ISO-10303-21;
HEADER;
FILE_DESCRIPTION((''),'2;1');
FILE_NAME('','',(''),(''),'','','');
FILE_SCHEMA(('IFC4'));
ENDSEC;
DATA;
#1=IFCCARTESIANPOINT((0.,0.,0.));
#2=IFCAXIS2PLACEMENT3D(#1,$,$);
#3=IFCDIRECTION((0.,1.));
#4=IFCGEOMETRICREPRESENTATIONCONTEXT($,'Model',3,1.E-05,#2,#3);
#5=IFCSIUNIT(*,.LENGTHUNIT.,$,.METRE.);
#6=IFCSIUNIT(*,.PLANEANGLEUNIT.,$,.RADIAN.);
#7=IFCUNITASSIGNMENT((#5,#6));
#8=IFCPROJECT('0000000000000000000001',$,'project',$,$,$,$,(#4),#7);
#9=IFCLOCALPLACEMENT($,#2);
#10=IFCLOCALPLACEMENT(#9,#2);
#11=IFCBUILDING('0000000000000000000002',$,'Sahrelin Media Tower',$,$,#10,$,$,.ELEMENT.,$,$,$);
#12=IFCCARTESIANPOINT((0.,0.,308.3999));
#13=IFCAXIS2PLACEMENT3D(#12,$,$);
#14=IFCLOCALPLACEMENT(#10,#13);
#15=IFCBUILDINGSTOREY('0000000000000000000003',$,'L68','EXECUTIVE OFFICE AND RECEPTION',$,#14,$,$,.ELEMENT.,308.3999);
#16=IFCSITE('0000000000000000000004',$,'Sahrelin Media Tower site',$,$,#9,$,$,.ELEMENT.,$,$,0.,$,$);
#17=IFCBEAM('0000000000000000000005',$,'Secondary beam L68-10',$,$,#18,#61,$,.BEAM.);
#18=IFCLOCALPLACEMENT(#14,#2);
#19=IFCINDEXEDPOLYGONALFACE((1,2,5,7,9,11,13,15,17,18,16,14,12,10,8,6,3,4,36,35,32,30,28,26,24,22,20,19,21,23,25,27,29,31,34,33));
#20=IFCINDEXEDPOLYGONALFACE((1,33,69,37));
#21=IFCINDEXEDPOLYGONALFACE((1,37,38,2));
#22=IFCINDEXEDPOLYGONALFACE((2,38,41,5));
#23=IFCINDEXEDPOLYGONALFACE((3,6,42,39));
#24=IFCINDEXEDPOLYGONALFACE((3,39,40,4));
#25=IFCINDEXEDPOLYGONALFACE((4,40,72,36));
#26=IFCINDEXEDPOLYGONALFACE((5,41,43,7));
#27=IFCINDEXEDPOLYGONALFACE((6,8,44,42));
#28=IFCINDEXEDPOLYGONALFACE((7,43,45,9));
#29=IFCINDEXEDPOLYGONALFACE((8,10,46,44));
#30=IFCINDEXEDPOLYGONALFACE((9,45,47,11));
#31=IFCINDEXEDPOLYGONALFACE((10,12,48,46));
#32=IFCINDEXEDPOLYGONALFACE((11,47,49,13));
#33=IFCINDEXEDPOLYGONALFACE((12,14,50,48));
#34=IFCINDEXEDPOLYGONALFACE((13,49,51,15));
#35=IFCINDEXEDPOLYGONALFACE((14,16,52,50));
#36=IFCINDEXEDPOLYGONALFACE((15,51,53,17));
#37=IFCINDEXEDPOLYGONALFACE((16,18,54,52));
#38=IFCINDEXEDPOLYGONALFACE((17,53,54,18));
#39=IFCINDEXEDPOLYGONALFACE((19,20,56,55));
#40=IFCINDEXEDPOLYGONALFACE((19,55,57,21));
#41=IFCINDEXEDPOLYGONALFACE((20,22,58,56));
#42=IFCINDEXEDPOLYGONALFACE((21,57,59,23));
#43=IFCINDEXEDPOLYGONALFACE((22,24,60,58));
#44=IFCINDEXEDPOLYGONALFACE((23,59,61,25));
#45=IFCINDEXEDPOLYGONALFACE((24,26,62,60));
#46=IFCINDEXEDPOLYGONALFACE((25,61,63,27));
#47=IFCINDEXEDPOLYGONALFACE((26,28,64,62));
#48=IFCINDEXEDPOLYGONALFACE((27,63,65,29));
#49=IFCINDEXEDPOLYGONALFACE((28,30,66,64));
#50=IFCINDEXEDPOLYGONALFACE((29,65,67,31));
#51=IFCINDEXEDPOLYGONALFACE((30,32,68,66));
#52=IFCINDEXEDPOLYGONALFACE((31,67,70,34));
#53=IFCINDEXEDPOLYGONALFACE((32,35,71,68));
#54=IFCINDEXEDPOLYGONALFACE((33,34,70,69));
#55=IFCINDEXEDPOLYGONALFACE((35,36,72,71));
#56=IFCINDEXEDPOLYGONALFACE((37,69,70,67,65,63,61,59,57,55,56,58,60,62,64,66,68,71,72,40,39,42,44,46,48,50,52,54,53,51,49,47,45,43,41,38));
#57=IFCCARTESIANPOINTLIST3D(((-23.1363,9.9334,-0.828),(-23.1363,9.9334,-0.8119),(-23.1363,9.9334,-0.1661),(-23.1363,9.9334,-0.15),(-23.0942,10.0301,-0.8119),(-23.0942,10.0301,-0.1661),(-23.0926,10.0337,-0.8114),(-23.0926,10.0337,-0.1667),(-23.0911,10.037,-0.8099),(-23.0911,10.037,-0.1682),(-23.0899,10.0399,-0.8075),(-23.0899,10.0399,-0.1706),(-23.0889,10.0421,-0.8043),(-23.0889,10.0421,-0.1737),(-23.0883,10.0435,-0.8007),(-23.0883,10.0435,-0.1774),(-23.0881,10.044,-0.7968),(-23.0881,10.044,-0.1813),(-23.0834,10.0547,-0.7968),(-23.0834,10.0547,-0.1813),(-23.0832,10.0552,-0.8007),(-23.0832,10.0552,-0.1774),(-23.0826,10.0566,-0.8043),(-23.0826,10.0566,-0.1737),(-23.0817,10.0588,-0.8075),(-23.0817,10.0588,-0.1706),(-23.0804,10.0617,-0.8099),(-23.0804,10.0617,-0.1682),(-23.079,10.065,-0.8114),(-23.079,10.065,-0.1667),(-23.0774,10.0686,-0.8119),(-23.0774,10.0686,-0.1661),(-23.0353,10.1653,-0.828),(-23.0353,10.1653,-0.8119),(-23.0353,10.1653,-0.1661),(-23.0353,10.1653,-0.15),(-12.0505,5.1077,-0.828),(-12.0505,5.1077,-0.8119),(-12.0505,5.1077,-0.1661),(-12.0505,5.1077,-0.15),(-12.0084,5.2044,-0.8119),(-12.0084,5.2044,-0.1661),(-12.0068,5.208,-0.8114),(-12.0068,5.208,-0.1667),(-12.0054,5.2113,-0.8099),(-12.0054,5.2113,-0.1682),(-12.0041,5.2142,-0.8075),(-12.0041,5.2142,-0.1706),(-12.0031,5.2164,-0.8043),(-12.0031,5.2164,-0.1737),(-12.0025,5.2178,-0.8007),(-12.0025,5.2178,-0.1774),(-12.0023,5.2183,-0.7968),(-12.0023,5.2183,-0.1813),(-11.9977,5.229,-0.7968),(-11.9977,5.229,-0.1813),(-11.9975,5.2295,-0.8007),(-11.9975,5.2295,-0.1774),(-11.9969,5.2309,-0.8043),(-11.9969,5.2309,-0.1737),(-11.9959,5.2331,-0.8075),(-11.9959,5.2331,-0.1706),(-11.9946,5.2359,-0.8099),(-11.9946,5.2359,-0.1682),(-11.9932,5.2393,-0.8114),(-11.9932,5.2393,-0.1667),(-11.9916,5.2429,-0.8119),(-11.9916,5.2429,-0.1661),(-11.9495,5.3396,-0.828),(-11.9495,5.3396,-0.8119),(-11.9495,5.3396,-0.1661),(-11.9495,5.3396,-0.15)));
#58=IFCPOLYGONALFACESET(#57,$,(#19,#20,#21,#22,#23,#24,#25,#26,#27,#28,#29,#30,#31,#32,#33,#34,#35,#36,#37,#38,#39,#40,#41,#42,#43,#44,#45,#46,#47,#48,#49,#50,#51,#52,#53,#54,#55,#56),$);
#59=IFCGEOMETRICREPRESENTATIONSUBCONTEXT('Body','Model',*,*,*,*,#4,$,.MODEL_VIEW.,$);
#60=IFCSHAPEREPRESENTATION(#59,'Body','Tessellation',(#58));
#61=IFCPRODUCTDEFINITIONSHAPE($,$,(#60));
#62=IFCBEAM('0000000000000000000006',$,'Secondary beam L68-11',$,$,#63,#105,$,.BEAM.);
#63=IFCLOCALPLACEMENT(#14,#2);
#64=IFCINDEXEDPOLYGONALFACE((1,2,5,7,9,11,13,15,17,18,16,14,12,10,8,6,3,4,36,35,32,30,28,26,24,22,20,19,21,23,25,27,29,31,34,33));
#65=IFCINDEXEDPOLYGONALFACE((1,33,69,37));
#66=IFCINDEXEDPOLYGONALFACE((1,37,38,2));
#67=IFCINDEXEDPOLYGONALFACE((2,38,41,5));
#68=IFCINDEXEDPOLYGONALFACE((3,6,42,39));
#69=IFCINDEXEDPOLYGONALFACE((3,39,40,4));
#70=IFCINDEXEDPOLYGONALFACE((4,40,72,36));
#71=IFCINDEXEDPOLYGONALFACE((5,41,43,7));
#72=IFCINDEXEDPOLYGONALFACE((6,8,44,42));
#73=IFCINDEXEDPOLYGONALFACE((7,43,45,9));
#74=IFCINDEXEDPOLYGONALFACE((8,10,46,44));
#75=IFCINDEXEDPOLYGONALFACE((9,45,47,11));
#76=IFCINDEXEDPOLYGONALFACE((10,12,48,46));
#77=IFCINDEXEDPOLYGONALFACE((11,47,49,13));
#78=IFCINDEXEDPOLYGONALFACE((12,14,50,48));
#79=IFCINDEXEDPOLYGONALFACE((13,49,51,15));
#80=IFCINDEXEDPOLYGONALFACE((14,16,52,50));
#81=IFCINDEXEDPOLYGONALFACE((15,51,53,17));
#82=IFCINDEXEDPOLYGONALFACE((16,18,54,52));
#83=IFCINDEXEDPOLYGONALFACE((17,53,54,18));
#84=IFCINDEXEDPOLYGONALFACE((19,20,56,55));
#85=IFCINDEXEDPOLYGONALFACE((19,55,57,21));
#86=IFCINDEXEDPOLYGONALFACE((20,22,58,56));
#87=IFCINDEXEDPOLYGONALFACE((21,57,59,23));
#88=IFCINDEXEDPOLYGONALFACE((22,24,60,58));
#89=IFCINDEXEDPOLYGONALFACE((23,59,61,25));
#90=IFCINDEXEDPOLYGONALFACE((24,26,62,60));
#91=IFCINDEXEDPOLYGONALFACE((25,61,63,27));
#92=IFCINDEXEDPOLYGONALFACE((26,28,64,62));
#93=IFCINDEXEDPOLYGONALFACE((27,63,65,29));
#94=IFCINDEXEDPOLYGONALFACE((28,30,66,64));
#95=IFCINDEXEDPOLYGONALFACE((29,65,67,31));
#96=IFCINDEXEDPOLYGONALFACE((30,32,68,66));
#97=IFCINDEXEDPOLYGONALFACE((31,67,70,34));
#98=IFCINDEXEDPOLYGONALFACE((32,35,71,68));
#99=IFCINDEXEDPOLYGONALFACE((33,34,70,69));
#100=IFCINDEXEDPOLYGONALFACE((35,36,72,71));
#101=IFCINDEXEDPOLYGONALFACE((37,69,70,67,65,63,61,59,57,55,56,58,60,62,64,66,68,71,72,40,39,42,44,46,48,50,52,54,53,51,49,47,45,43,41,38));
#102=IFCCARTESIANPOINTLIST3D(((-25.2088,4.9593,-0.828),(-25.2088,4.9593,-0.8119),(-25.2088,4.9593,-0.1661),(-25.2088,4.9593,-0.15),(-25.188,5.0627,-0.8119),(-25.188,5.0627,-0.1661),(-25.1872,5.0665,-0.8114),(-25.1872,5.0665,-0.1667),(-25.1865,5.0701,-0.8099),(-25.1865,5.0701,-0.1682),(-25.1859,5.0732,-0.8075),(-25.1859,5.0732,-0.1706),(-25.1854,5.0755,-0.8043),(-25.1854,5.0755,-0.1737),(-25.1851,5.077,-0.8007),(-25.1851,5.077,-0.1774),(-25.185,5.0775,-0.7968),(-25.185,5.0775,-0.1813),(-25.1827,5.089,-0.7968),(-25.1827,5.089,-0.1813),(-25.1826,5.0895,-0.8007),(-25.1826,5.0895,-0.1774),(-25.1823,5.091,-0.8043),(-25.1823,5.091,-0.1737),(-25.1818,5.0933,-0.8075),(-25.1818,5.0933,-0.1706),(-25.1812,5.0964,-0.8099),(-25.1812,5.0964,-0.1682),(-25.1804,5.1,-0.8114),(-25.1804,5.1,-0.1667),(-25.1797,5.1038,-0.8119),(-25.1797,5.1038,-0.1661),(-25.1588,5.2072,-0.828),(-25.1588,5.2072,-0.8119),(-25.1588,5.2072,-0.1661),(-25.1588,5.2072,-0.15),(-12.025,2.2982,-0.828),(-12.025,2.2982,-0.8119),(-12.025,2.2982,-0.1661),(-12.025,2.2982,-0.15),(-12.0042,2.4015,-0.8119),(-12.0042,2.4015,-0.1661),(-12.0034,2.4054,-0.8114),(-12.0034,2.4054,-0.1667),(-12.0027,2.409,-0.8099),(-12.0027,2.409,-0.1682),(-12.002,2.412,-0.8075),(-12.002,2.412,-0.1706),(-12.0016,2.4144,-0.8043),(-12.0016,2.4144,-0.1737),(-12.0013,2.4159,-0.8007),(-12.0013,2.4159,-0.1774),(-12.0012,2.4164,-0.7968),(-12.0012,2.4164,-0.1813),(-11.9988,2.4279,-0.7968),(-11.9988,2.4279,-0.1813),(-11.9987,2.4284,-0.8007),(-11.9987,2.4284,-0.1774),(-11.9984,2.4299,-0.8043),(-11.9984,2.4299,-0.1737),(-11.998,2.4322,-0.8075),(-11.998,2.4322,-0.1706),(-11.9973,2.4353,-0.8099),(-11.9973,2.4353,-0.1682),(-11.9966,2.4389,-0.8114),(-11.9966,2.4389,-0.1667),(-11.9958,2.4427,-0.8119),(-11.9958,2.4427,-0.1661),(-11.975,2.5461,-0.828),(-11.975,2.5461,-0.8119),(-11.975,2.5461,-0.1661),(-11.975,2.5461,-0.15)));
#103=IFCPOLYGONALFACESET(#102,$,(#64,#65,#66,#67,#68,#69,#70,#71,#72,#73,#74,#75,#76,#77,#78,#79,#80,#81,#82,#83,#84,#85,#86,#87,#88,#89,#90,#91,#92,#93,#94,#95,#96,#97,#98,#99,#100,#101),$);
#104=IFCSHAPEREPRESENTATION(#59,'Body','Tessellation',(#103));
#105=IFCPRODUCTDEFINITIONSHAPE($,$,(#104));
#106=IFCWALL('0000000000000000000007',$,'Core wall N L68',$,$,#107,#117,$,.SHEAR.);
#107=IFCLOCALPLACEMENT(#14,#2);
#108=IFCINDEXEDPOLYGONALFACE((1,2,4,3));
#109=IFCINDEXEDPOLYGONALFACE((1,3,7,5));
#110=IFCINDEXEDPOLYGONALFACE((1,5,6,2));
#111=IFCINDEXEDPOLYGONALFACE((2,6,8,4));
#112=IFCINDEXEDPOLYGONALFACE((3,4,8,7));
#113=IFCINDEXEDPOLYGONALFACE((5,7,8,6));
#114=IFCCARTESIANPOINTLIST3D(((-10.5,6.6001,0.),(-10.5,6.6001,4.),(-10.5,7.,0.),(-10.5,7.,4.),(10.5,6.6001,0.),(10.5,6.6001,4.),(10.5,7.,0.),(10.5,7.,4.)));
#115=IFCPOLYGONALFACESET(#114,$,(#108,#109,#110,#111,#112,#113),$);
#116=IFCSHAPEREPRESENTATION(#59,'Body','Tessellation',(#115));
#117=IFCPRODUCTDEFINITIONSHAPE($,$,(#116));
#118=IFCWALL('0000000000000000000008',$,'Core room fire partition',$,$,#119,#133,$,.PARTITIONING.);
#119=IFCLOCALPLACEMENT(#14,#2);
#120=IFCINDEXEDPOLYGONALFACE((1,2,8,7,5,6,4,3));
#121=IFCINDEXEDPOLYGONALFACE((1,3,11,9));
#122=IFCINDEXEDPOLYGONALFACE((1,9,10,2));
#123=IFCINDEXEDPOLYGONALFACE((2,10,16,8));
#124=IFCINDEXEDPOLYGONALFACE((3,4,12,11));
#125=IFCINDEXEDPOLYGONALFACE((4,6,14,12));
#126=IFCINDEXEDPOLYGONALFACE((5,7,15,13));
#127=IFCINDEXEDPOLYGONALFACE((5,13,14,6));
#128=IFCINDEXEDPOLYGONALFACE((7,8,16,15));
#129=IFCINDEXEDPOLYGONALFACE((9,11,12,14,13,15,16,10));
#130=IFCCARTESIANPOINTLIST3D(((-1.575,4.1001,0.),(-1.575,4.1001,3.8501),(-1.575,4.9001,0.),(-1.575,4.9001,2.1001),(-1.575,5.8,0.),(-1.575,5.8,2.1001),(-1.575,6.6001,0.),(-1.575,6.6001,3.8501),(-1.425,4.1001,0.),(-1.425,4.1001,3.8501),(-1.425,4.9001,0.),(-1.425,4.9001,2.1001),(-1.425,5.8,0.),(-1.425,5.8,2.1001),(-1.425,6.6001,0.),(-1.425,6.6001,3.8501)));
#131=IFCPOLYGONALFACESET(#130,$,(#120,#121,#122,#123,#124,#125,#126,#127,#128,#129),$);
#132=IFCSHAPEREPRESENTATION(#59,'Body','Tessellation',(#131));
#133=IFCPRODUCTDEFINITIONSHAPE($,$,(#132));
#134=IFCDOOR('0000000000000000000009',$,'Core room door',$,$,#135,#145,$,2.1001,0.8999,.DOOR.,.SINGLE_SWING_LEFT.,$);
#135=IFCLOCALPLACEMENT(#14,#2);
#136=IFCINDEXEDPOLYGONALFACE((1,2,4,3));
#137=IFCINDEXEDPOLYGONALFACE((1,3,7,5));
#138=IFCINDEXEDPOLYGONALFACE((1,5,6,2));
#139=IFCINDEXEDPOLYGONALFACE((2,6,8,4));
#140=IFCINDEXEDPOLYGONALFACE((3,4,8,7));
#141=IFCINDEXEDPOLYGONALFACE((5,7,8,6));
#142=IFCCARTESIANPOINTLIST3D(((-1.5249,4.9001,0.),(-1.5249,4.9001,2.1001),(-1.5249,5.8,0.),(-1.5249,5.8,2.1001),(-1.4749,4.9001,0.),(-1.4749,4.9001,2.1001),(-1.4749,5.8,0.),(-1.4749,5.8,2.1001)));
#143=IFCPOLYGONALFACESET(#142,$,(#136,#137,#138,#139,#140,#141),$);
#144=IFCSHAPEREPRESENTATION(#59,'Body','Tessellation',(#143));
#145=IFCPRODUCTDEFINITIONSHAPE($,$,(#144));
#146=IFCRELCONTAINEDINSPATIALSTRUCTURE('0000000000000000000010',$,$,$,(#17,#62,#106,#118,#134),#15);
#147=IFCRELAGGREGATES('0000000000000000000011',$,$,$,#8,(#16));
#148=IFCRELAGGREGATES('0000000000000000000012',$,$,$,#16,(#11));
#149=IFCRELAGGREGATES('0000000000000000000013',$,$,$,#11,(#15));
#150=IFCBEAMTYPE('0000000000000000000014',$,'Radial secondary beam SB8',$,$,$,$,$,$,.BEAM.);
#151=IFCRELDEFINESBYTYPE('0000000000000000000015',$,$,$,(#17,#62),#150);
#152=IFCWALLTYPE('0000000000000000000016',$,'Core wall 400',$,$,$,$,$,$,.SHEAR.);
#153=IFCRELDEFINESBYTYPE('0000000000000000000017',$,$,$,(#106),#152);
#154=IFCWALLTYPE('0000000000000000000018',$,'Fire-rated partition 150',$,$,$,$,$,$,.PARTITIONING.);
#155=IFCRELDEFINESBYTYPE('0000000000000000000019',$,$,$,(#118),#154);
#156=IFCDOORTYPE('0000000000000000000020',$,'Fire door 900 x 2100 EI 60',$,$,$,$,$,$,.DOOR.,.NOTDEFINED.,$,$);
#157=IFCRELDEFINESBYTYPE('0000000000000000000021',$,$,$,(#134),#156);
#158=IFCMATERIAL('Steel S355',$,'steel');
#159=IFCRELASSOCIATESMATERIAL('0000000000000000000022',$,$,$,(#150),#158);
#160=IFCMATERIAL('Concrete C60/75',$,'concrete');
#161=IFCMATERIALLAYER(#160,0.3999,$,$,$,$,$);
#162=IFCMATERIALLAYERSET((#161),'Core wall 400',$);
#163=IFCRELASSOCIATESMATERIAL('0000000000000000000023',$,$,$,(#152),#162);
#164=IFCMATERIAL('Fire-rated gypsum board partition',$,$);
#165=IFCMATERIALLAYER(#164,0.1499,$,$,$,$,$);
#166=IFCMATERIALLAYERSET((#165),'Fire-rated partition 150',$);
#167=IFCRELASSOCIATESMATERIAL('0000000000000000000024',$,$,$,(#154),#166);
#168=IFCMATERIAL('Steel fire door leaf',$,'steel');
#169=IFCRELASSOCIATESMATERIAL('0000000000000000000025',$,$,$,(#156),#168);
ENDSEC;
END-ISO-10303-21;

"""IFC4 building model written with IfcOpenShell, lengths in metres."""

from ifc_helpers import new_model, si_unit, direction, frame, frame_2d, origin, origin_2d, place, context, subcontext, project, spatial, rectangle, i_section, extrude, material, layer, layer_set, material_profile, profile_set, type_object, element, fill, save


model = new_model("IFC4")

# Units and contexts
model_context = context("Model", 3, precision=1e-05, world=origin(), true_north=direction((0.0, 1.0)))
body_context = subcontext(model_context, "Body", "Model", "MODEL_VIEW")
ifc_project = project(units=[si_unit("LENGTHUNIT", "METRE"), si_unit("PLANEANGLEUNIT", "RADIAN")], contexts=[model_context])

# Site, building, storey
site_placement = place(None, origin())
site = spatial("IfcSite", under=ifc_project, at=site_placement, Name="Sahrelin Media Tower site", CompositionType="ELEMENT", RefElevation=0.0)
building_placement = place(site_placement, origin())
building = spatial("IfcBuilding", under=site, at=building_placement, Name="Sahrelin Media Tower", CompositionType="ELEMENT")
storey_placement = place(building_placement, frame((0.0, 0.0, 308.3999)))
storey = spatial("IfcBuildingStorey", under=building, at=storey_placement, Name="L68", Description="EXECUTIVE OFFICE AND RECEPTION", CompositionType="ELEMENT", Elevation=308.3999)

# Beams
ifc_material_1 = material(Name="Steel S355", Category="steel")
ifc_material_profile_1 = material_profile(ifc_material_1, i_section(OverallWidth=0.2529, OverallDepth=0.678, WebThickness=0.0117, FlangeThickness=0.0161, FilletRadius=0.0151, at=origin_2d()), Name="UB 686x254x125")
ifc_profile_set_1 = profile_set([ifc_material_profile_1], Name="Steel S355")
beam_type_1 = type_object("IfcBeamType", Name="Radial secondary beam SB8", PredefinedType="BEAM", material=ifc_profile_set_1)
beam_1_placement = place(storey_placement, frame((-12.0, 5.2236, -0.489), z_axis=(-0.916894, 0.399131, 0.0), x_axis=(-0.399131, -0.916894, 0.0)))
element("IfcBeam", 1, at=beam_1_placement, inside=storey, type_object=beam_type_1, Name="Secondary beam L68-10", PredefinedType="BEAM", context=body_context, shape_type="SweptSolid", body=[
    extrude(i_section(OverallWidth=0.2529, OverallDepth=0.678, WebThickness=0.0117, FlangeThickness=0.0161, FilletRadius=0.0151, at=origin_2d()), origin(), (0.0, 0.0, 1.0), 12.0906),
])
beam_2_placement = place(storey_placement, frame((-12.0, 2.4221, -0.489), z_axis=(-0.980231, 0.197858, 0.0), x_axis=(-0.197858, -0.980231, 0.0)))
element("IfcBeam", 2, at=beam_2_placement, inside=storey, type_object=beam_type_1, Name="Secondary beam L68-11", PredefinedType="BEAM", context=body_context, shape_type="SweptSolid", body=[
    extrude(i_section(OverallWidth=0.2529, OverallDepth=0.678, WebThickness=0.0117, FlangeThickness=0.0161, FilletRadius=0.0151, at=origin_2d()), origin(), (0.0, 0.0, 1.0), 13.4497),
])

# Wall
ifc_material_2 = material(Name="Concrete C60/75", Category="concrete")
ifc_layer_1 = layer(ifc_material_2, 0.3999)
ifc_layer_set_1 = layer_set([ifc_layer_1], Name="Core wall 400")
wall_type_1 = type_object("IfcWallType", Name="Core wall 400", PredefinedType="SHEAR", material=ifc_layer_set_1)
wall_1_placement = place(storey_placement, frame((-10.5, 6.8, 0.0), z_axis=(0.0, 0.0, 1.0), x_axis=(1.0, 0.0, 0.0)))
element("IfcWall", 3, at=wall_1_placement, inside=storey, type_object=wall_type_1, Name="Core wall N L68", PredefinedType="SHEAR", context=body_context, shape_type="SweptSolid", body=[
    extrude(rectangle(XDim=21.0, YDim=0.3999, at=frame_2d((10.5, 0.0))), origin(), (0.0, 0.0, 1.0), 4.0),
])

# Wall, opening, door
ifc_material_3 = material(Name="Fire-rated gypsum board partition")
ifc_layer_2 = layer(ifc_material_3, 0.1499)
ifc_layer_set_2 = layer_set([ifc_layer_2], Name="Fire-rated partition 150")
wall_type_2 = type_object("IfcWallType", Name="Fire-rated partition 150", PredefinedType="PARTITIONING", material=ifc_layer_set_2)
wall_2_placement = place(storey_placement, frame((-1.5, 4.1001, 0.0), z_axis=(0.0, 0.0, 1.0), x_axis=(0.0, 1.0, 0.0)))
wall_2 = element("IfcWall", 4, at=wall_2_placement, inside=storey, type_object=wall_type_2, Name="Core room fire partition", PredefinedType="PARTITIONING", context=body_context, shape_type="SweptSolid", body=[
    extrude(rectangle(XDim=2.5, YDim=0.1499, at=frame_2d((1.25, 0.0))), origin(), (0.0, 0.0, 1.0), 3.8501),
])
opening_1_placement = place(wall_2_placement, frame((0.8, 0.0, 0.0)))
opening_1 = element("IfcOpeningElement", 5, at=opening_1_placement, cuts=wall_2, PredefinedType="OPENING", context=body_context, shape_type="SweptSolid", body=[
    extrude(rectangle(XDim=0.8999, YDim=2.1001, at=frame_2d((0.45, 1.05))), frame((0.0, 0.075, 0.0), z_axis=(0.0, -1.0, 0.0), x_axis=(1.0, 0.0, 0.0)), (0.0, 0.0, 1.0), 0.1499),
])
ifc_material_4 = material(Name="Steel fire door leaf", Category="steel")
door_type_1 = type_object("IfcDoorType", Name="Fire door 900 x 2100 EI 60", OperationType="NOTDEFINED", PredefinedType="DOOR", material=ifc_material_4)
door_1_placement = place(opening_1_placement, origin())
door_1 = element("IfcDoor", 6, at=door_1_placement, inside=storey, type_object=door_type_1, Name="Core room door", OperationType="SINGLE_SWING_LEFT", OverallHeight=2.1001, OverallWidth=0.8999, PredefinedType="DOOR", context=body_context, shape_type="SweptSolid", body=[
    extrude(rectangle(XDim=0.8999, YDim=2.1001, at=frame_2d((0.45, 1.05))), frame((0.0, 0.0249, 0.0), z_axis=(0.0, -1.0, 0.0), x_axis=(1.0, 0.0, 0.0)), (0.0, 0.0, 1.0), 0.05),
])
fill(opening_1, door_1)

save(model, "model.ifc")
